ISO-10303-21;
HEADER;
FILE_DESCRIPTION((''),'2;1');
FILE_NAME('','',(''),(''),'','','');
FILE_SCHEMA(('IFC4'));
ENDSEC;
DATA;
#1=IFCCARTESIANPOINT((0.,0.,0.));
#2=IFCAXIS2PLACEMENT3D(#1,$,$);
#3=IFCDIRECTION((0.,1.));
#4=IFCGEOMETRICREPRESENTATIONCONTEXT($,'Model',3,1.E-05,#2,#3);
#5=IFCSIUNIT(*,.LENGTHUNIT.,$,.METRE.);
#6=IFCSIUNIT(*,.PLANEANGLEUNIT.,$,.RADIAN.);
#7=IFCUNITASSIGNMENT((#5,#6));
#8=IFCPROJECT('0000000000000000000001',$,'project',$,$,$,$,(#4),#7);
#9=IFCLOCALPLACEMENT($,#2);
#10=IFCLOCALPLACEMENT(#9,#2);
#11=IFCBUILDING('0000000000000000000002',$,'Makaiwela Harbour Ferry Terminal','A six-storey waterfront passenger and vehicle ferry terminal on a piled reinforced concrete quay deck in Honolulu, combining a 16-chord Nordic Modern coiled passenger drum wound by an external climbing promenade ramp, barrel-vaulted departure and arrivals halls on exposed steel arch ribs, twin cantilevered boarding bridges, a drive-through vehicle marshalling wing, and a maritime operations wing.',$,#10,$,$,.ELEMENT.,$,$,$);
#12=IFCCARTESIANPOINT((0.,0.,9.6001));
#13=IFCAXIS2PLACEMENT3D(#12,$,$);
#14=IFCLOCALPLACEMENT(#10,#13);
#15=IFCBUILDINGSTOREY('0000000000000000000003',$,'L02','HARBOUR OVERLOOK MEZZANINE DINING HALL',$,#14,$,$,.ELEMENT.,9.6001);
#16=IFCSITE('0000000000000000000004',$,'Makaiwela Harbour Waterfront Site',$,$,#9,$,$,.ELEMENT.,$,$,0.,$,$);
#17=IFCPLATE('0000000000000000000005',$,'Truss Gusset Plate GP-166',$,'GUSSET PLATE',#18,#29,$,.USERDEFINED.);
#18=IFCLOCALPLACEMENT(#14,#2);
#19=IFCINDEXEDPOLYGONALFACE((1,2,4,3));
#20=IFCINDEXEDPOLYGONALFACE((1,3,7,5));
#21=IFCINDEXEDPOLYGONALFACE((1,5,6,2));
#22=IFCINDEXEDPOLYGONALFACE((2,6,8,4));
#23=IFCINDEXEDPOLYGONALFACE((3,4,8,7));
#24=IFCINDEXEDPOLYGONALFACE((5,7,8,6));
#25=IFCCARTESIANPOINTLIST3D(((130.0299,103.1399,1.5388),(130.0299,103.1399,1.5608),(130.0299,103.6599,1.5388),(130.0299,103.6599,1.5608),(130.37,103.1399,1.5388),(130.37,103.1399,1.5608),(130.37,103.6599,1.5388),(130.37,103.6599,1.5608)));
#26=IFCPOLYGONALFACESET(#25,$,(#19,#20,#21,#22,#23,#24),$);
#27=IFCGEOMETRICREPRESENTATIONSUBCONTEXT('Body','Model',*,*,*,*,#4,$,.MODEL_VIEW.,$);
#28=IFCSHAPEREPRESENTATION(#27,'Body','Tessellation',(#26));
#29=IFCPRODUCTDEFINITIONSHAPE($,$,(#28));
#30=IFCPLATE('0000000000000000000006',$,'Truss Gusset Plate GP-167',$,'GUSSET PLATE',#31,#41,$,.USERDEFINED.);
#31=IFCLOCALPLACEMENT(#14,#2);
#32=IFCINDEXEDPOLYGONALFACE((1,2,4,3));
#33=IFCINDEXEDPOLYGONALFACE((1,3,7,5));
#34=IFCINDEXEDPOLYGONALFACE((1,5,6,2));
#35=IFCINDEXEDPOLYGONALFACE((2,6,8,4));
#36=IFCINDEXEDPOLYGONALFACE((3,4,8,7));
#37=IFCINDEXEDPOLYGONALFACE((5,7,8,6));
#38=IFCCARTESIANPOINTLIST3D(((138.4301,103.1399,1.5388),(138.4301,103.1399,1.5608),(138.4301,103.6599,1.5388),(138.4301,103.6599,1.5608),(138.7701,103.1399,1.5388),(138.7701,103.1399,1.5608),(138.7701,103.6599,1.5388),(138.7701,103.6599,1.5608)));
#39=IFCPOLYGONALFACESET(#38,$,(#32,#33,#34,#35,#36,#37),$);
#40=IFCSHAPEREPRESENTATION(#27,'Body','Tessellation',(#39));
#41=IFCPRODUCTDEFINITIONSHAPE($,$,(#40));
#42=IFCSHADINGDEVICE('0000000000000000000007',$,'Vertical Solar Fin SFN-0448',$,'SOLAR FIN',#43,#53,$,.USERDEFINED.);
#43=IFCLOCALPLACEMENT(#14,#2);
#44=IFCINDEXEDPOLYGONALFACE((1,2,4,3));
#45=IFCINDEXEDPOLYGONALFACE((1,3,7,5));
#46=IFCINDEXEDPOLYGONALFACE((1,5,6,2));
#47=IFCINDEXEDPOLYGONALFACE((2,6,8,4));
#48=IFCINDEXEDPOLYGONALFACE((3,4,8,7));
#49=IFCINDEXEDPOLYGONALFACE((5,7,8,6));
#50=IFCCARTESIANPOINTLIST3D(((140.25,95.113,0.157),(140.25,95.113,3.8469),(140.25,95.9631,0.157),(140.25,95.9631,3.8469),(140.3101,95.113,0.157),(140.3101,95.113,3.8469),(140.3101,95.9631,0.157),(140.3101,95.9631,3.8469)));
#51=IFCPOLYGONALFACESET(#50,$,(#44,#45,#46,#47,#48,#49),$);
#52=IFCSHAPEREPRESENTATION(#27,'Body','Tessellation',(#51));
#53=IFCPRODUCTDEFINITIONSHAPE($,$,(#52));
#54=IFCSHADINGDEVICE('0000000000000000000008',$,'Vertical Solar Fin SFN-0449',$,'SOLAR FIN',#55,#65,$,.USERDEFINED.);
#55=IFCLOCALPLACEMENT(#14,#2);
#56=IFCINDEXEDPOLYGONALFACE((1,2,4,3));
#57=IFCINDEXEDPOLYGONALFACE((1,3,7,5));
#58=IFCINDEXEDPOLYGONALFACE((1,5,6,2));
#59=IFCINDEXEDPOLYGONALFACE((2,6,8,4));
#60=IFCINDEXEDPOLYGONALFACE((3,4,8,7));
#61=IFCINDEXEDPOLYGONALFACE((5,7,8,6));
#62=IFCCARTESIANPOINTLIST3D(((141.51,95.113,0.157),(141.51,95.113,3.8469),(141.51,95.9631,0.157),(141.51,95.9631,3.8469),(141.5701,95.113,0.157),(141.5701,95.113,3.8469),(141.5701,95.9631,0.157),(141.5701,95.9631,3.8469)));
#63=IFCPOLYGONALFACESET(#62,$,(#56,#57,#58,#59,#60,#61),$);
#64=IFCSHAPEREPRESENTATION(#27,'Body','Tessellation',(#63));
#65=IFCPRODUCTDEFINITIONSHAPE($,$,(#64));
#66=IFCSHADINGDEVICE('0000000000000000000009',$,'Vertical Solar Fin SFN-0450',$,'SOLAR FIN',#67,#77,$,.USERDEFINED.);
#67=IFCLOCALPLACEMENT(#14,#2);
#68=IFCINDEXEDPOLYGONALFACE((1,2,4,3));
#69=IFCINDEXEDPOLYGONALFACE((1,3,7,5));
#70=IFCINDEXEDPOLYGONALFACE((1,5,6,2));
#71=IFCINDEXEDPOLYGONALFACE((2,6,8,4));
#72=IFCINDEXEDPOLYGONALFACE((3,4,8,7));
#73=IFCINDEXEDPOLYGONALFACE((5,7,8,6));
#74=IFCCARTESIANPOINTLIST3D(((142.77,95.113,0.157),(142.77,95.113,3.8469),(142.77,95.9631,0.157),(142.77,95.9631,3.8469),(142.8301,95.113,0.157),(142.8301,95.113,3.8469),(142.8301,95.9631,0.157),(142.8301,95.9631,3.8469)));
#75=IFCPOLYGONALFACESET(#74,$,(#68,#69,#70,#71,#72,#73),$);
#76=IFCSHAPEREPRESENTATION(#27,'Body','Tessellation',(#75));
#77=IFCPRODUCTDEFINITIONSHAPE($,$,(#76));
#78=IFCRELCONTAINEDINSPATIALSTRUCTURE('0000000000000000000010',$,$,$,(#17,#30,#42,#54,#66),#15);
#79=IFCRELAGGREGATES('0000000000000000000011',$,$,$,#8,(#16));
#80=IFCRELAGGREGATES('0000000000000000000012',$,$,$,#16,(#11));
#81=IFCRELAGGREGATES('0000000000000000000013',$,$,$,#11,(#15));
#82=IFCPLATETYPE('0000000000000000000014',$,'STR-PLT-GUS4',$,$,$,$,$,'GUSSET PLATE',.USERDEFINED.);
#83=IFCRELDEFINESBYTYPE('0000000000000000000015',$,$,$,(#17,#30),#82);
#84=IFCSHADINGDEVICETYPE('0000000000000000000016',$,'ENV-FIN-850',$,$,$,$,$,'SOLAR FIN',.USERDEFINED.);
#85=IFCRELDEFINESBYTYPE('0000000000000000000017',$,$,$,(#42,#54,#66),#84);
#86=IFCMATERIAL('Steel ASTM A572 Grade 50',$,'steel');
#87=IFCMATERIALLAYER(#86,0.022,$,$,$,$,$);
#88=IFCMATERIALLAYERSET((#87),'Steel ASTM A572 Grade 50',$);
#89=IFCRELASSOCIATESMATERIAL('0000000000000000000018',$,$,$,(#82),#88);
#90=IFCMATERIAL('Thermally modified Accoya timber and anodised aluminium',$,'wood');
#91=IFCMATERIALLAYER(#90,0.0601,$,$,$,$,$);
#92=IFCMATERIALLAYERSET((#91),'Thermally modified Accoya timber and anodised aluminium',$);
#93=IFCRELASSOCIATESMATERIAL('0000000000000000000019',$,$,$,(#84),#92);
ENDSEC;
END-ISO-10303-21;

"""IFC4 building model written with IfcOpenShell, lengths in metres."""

from ifc_helpers import new_model, si_unit, direction, frame, origin, origin_2d, place, context, subcontext, project, spatial, rectangle, extrude, material, layer, layer_set, type_object, element, save


model = new_model("IFC4")

# Units and contexts
model_context = context("Model", 3, precision=1e-05, world=origin(), true_north=direction((0.0, 1.0)))
body_context = subcontext(model_context, "Body", "Model", "MODEL_VIEW")
ifc_project = project(units=[si_unit("LENGTHUNIT", "METRE"), si_unit("PLANEANGLEUNIT", "RADIAN")], contexts=[model_context])

# Site, building, storey
site_placement = place(None, origin())
site = spatial("IfcSite", under=ifc_project, at=site_placement, Name="Makaiwela Harbour Waterfront Site", CompositionType="ELEMENT", RefElevation=0.0)
building_placement = place(site_placement, origin())
building = spatial("IfcBuilding", under=site, at=building_placement, Name="Makaiwela Harbour Ferry Terminal", Description="A six-storey waterfront passenger and vehicle ferry terminal on a piled reinforced concrete quay deck in Honolulu, combining a 16-chord Nordic Modern coiled passenger drum wound by an external climbing promenade ramp, barrel-vaulted departure and arrivals halls on exposed steel arch ribs, twin cantilevered boarding bridges, a drive-through vehicle marshalling wing, and a maritime operations wing.", CompositionType="ELEMENT")
storey_placement = place(building_placement, frame((0.0, 0.0, 9.6001)))
storey = spatial("IfcBuildingStorey", under=building, at=storey_placement, Name="L02", Description="HARBOUR OVERLOOK MEZZANINE DINING HALL", CompositionType="ELEMENT", Elevation=9.6001)

# Plates
ifc_material_1 = material(Name="Steel ASTM A572 Grade 50", Category="steel")
ifc_layer_1 = layer(ifc_material_1, 0.022)
ifc_layer_set_1 = layer_set([ifc_layer_1], Name="Steel ASTM A572 Grade 50")
plate_type_1 = type_object("IfcPlateType", Name="STR-PLT-GUS4", ElementType="GUSSET PLATE", PredefinedType="USERDEFINED", material=ifc_layer_set_1)
for number, where, z_axis, x_axis, name in (
    (1, (130.2, 103.3999, 1.5388), (0.0, 0.0, 1.0), (0.0, 1.0, 0.0), "Truss Gusset Plate GP-166"),
    (2, (138.6001, 103.3999, 1.5388), (0.0, 0.0, 1.0), (0.0, 1.0, 0.0), "Truss Gusset Plate GP-167"),
):
    element("IfcPlate", number, at=place(storey_placement, frame(where, z_axis=z_axis, x_axis=x_axis)), inside=storey, type_object=plate_type_1, Name=name, ObjectType="GUSSET PLATE", PredefinedType="USERDEFINED", context=body_context, shape_type="SweptSolid", body=[
        extrude(rectangle(XDim=0.52, YDim=0.3401, at=origin_2d()), origin(), (0.0, 0.0, 1.0), 0.022),
    ])

# Shading devices
ifc_material_2 = material(Name="Thermally modified Accoya timber and anodised aluminium", Category="wood")
ifc_layer_2 = layer(ifc_material_2, 0.0601)
ifc_layer_set_2 = layer_set([ifc_layer_2], Name="Thermally modified Accoya timber and anodised aluminium")
shading_device_type = type_object("IfcShadingDeviceType", Name="ENV-FIN-850", ElementType="SOLAR FIN", PredefinedType="USERDEFINED", material=ifc_layer_set_2)
for number, where, z_axis, x_axis, name in (
    (3, (140.28, 95.5381, 0.157), (0.0, 0.0, 1.0), (0.0, 1.0, 0.0), "Vertical Solar Fin SFN-0448"),
    (4, (141.54, 95.5381, 0.157), (0.0, 0.0, 1.0), (0.0, 1.0, 0.0), "Vertical Solar Fin SFN-0449"),
    (5, (142.8, 95.5381, 0.157), (0.0, 0.0, 1.0), (0.0, 1.0, 0.0), "Vertical Solar Fin SFN-0450"),
):
    element("IfcShadingDevice", number, at=place(storey_placement, frame(where, z_axis=z_axis, x_axis=x_axis)), inside=storey, type_object=shading_device_type, Name=name, ObjectType="SOLAR FIN", PredefinedType="USERDEFINED", context=body_context, shape_type="SweptSolid", body=[
        extrude(rectangle(XDim=0.8501, YDim=0.0601, at=origin_2d()), origin(), (0.0, 0.0, 1.0), 3.6899),
    ])

save(model, "model.ifc")
